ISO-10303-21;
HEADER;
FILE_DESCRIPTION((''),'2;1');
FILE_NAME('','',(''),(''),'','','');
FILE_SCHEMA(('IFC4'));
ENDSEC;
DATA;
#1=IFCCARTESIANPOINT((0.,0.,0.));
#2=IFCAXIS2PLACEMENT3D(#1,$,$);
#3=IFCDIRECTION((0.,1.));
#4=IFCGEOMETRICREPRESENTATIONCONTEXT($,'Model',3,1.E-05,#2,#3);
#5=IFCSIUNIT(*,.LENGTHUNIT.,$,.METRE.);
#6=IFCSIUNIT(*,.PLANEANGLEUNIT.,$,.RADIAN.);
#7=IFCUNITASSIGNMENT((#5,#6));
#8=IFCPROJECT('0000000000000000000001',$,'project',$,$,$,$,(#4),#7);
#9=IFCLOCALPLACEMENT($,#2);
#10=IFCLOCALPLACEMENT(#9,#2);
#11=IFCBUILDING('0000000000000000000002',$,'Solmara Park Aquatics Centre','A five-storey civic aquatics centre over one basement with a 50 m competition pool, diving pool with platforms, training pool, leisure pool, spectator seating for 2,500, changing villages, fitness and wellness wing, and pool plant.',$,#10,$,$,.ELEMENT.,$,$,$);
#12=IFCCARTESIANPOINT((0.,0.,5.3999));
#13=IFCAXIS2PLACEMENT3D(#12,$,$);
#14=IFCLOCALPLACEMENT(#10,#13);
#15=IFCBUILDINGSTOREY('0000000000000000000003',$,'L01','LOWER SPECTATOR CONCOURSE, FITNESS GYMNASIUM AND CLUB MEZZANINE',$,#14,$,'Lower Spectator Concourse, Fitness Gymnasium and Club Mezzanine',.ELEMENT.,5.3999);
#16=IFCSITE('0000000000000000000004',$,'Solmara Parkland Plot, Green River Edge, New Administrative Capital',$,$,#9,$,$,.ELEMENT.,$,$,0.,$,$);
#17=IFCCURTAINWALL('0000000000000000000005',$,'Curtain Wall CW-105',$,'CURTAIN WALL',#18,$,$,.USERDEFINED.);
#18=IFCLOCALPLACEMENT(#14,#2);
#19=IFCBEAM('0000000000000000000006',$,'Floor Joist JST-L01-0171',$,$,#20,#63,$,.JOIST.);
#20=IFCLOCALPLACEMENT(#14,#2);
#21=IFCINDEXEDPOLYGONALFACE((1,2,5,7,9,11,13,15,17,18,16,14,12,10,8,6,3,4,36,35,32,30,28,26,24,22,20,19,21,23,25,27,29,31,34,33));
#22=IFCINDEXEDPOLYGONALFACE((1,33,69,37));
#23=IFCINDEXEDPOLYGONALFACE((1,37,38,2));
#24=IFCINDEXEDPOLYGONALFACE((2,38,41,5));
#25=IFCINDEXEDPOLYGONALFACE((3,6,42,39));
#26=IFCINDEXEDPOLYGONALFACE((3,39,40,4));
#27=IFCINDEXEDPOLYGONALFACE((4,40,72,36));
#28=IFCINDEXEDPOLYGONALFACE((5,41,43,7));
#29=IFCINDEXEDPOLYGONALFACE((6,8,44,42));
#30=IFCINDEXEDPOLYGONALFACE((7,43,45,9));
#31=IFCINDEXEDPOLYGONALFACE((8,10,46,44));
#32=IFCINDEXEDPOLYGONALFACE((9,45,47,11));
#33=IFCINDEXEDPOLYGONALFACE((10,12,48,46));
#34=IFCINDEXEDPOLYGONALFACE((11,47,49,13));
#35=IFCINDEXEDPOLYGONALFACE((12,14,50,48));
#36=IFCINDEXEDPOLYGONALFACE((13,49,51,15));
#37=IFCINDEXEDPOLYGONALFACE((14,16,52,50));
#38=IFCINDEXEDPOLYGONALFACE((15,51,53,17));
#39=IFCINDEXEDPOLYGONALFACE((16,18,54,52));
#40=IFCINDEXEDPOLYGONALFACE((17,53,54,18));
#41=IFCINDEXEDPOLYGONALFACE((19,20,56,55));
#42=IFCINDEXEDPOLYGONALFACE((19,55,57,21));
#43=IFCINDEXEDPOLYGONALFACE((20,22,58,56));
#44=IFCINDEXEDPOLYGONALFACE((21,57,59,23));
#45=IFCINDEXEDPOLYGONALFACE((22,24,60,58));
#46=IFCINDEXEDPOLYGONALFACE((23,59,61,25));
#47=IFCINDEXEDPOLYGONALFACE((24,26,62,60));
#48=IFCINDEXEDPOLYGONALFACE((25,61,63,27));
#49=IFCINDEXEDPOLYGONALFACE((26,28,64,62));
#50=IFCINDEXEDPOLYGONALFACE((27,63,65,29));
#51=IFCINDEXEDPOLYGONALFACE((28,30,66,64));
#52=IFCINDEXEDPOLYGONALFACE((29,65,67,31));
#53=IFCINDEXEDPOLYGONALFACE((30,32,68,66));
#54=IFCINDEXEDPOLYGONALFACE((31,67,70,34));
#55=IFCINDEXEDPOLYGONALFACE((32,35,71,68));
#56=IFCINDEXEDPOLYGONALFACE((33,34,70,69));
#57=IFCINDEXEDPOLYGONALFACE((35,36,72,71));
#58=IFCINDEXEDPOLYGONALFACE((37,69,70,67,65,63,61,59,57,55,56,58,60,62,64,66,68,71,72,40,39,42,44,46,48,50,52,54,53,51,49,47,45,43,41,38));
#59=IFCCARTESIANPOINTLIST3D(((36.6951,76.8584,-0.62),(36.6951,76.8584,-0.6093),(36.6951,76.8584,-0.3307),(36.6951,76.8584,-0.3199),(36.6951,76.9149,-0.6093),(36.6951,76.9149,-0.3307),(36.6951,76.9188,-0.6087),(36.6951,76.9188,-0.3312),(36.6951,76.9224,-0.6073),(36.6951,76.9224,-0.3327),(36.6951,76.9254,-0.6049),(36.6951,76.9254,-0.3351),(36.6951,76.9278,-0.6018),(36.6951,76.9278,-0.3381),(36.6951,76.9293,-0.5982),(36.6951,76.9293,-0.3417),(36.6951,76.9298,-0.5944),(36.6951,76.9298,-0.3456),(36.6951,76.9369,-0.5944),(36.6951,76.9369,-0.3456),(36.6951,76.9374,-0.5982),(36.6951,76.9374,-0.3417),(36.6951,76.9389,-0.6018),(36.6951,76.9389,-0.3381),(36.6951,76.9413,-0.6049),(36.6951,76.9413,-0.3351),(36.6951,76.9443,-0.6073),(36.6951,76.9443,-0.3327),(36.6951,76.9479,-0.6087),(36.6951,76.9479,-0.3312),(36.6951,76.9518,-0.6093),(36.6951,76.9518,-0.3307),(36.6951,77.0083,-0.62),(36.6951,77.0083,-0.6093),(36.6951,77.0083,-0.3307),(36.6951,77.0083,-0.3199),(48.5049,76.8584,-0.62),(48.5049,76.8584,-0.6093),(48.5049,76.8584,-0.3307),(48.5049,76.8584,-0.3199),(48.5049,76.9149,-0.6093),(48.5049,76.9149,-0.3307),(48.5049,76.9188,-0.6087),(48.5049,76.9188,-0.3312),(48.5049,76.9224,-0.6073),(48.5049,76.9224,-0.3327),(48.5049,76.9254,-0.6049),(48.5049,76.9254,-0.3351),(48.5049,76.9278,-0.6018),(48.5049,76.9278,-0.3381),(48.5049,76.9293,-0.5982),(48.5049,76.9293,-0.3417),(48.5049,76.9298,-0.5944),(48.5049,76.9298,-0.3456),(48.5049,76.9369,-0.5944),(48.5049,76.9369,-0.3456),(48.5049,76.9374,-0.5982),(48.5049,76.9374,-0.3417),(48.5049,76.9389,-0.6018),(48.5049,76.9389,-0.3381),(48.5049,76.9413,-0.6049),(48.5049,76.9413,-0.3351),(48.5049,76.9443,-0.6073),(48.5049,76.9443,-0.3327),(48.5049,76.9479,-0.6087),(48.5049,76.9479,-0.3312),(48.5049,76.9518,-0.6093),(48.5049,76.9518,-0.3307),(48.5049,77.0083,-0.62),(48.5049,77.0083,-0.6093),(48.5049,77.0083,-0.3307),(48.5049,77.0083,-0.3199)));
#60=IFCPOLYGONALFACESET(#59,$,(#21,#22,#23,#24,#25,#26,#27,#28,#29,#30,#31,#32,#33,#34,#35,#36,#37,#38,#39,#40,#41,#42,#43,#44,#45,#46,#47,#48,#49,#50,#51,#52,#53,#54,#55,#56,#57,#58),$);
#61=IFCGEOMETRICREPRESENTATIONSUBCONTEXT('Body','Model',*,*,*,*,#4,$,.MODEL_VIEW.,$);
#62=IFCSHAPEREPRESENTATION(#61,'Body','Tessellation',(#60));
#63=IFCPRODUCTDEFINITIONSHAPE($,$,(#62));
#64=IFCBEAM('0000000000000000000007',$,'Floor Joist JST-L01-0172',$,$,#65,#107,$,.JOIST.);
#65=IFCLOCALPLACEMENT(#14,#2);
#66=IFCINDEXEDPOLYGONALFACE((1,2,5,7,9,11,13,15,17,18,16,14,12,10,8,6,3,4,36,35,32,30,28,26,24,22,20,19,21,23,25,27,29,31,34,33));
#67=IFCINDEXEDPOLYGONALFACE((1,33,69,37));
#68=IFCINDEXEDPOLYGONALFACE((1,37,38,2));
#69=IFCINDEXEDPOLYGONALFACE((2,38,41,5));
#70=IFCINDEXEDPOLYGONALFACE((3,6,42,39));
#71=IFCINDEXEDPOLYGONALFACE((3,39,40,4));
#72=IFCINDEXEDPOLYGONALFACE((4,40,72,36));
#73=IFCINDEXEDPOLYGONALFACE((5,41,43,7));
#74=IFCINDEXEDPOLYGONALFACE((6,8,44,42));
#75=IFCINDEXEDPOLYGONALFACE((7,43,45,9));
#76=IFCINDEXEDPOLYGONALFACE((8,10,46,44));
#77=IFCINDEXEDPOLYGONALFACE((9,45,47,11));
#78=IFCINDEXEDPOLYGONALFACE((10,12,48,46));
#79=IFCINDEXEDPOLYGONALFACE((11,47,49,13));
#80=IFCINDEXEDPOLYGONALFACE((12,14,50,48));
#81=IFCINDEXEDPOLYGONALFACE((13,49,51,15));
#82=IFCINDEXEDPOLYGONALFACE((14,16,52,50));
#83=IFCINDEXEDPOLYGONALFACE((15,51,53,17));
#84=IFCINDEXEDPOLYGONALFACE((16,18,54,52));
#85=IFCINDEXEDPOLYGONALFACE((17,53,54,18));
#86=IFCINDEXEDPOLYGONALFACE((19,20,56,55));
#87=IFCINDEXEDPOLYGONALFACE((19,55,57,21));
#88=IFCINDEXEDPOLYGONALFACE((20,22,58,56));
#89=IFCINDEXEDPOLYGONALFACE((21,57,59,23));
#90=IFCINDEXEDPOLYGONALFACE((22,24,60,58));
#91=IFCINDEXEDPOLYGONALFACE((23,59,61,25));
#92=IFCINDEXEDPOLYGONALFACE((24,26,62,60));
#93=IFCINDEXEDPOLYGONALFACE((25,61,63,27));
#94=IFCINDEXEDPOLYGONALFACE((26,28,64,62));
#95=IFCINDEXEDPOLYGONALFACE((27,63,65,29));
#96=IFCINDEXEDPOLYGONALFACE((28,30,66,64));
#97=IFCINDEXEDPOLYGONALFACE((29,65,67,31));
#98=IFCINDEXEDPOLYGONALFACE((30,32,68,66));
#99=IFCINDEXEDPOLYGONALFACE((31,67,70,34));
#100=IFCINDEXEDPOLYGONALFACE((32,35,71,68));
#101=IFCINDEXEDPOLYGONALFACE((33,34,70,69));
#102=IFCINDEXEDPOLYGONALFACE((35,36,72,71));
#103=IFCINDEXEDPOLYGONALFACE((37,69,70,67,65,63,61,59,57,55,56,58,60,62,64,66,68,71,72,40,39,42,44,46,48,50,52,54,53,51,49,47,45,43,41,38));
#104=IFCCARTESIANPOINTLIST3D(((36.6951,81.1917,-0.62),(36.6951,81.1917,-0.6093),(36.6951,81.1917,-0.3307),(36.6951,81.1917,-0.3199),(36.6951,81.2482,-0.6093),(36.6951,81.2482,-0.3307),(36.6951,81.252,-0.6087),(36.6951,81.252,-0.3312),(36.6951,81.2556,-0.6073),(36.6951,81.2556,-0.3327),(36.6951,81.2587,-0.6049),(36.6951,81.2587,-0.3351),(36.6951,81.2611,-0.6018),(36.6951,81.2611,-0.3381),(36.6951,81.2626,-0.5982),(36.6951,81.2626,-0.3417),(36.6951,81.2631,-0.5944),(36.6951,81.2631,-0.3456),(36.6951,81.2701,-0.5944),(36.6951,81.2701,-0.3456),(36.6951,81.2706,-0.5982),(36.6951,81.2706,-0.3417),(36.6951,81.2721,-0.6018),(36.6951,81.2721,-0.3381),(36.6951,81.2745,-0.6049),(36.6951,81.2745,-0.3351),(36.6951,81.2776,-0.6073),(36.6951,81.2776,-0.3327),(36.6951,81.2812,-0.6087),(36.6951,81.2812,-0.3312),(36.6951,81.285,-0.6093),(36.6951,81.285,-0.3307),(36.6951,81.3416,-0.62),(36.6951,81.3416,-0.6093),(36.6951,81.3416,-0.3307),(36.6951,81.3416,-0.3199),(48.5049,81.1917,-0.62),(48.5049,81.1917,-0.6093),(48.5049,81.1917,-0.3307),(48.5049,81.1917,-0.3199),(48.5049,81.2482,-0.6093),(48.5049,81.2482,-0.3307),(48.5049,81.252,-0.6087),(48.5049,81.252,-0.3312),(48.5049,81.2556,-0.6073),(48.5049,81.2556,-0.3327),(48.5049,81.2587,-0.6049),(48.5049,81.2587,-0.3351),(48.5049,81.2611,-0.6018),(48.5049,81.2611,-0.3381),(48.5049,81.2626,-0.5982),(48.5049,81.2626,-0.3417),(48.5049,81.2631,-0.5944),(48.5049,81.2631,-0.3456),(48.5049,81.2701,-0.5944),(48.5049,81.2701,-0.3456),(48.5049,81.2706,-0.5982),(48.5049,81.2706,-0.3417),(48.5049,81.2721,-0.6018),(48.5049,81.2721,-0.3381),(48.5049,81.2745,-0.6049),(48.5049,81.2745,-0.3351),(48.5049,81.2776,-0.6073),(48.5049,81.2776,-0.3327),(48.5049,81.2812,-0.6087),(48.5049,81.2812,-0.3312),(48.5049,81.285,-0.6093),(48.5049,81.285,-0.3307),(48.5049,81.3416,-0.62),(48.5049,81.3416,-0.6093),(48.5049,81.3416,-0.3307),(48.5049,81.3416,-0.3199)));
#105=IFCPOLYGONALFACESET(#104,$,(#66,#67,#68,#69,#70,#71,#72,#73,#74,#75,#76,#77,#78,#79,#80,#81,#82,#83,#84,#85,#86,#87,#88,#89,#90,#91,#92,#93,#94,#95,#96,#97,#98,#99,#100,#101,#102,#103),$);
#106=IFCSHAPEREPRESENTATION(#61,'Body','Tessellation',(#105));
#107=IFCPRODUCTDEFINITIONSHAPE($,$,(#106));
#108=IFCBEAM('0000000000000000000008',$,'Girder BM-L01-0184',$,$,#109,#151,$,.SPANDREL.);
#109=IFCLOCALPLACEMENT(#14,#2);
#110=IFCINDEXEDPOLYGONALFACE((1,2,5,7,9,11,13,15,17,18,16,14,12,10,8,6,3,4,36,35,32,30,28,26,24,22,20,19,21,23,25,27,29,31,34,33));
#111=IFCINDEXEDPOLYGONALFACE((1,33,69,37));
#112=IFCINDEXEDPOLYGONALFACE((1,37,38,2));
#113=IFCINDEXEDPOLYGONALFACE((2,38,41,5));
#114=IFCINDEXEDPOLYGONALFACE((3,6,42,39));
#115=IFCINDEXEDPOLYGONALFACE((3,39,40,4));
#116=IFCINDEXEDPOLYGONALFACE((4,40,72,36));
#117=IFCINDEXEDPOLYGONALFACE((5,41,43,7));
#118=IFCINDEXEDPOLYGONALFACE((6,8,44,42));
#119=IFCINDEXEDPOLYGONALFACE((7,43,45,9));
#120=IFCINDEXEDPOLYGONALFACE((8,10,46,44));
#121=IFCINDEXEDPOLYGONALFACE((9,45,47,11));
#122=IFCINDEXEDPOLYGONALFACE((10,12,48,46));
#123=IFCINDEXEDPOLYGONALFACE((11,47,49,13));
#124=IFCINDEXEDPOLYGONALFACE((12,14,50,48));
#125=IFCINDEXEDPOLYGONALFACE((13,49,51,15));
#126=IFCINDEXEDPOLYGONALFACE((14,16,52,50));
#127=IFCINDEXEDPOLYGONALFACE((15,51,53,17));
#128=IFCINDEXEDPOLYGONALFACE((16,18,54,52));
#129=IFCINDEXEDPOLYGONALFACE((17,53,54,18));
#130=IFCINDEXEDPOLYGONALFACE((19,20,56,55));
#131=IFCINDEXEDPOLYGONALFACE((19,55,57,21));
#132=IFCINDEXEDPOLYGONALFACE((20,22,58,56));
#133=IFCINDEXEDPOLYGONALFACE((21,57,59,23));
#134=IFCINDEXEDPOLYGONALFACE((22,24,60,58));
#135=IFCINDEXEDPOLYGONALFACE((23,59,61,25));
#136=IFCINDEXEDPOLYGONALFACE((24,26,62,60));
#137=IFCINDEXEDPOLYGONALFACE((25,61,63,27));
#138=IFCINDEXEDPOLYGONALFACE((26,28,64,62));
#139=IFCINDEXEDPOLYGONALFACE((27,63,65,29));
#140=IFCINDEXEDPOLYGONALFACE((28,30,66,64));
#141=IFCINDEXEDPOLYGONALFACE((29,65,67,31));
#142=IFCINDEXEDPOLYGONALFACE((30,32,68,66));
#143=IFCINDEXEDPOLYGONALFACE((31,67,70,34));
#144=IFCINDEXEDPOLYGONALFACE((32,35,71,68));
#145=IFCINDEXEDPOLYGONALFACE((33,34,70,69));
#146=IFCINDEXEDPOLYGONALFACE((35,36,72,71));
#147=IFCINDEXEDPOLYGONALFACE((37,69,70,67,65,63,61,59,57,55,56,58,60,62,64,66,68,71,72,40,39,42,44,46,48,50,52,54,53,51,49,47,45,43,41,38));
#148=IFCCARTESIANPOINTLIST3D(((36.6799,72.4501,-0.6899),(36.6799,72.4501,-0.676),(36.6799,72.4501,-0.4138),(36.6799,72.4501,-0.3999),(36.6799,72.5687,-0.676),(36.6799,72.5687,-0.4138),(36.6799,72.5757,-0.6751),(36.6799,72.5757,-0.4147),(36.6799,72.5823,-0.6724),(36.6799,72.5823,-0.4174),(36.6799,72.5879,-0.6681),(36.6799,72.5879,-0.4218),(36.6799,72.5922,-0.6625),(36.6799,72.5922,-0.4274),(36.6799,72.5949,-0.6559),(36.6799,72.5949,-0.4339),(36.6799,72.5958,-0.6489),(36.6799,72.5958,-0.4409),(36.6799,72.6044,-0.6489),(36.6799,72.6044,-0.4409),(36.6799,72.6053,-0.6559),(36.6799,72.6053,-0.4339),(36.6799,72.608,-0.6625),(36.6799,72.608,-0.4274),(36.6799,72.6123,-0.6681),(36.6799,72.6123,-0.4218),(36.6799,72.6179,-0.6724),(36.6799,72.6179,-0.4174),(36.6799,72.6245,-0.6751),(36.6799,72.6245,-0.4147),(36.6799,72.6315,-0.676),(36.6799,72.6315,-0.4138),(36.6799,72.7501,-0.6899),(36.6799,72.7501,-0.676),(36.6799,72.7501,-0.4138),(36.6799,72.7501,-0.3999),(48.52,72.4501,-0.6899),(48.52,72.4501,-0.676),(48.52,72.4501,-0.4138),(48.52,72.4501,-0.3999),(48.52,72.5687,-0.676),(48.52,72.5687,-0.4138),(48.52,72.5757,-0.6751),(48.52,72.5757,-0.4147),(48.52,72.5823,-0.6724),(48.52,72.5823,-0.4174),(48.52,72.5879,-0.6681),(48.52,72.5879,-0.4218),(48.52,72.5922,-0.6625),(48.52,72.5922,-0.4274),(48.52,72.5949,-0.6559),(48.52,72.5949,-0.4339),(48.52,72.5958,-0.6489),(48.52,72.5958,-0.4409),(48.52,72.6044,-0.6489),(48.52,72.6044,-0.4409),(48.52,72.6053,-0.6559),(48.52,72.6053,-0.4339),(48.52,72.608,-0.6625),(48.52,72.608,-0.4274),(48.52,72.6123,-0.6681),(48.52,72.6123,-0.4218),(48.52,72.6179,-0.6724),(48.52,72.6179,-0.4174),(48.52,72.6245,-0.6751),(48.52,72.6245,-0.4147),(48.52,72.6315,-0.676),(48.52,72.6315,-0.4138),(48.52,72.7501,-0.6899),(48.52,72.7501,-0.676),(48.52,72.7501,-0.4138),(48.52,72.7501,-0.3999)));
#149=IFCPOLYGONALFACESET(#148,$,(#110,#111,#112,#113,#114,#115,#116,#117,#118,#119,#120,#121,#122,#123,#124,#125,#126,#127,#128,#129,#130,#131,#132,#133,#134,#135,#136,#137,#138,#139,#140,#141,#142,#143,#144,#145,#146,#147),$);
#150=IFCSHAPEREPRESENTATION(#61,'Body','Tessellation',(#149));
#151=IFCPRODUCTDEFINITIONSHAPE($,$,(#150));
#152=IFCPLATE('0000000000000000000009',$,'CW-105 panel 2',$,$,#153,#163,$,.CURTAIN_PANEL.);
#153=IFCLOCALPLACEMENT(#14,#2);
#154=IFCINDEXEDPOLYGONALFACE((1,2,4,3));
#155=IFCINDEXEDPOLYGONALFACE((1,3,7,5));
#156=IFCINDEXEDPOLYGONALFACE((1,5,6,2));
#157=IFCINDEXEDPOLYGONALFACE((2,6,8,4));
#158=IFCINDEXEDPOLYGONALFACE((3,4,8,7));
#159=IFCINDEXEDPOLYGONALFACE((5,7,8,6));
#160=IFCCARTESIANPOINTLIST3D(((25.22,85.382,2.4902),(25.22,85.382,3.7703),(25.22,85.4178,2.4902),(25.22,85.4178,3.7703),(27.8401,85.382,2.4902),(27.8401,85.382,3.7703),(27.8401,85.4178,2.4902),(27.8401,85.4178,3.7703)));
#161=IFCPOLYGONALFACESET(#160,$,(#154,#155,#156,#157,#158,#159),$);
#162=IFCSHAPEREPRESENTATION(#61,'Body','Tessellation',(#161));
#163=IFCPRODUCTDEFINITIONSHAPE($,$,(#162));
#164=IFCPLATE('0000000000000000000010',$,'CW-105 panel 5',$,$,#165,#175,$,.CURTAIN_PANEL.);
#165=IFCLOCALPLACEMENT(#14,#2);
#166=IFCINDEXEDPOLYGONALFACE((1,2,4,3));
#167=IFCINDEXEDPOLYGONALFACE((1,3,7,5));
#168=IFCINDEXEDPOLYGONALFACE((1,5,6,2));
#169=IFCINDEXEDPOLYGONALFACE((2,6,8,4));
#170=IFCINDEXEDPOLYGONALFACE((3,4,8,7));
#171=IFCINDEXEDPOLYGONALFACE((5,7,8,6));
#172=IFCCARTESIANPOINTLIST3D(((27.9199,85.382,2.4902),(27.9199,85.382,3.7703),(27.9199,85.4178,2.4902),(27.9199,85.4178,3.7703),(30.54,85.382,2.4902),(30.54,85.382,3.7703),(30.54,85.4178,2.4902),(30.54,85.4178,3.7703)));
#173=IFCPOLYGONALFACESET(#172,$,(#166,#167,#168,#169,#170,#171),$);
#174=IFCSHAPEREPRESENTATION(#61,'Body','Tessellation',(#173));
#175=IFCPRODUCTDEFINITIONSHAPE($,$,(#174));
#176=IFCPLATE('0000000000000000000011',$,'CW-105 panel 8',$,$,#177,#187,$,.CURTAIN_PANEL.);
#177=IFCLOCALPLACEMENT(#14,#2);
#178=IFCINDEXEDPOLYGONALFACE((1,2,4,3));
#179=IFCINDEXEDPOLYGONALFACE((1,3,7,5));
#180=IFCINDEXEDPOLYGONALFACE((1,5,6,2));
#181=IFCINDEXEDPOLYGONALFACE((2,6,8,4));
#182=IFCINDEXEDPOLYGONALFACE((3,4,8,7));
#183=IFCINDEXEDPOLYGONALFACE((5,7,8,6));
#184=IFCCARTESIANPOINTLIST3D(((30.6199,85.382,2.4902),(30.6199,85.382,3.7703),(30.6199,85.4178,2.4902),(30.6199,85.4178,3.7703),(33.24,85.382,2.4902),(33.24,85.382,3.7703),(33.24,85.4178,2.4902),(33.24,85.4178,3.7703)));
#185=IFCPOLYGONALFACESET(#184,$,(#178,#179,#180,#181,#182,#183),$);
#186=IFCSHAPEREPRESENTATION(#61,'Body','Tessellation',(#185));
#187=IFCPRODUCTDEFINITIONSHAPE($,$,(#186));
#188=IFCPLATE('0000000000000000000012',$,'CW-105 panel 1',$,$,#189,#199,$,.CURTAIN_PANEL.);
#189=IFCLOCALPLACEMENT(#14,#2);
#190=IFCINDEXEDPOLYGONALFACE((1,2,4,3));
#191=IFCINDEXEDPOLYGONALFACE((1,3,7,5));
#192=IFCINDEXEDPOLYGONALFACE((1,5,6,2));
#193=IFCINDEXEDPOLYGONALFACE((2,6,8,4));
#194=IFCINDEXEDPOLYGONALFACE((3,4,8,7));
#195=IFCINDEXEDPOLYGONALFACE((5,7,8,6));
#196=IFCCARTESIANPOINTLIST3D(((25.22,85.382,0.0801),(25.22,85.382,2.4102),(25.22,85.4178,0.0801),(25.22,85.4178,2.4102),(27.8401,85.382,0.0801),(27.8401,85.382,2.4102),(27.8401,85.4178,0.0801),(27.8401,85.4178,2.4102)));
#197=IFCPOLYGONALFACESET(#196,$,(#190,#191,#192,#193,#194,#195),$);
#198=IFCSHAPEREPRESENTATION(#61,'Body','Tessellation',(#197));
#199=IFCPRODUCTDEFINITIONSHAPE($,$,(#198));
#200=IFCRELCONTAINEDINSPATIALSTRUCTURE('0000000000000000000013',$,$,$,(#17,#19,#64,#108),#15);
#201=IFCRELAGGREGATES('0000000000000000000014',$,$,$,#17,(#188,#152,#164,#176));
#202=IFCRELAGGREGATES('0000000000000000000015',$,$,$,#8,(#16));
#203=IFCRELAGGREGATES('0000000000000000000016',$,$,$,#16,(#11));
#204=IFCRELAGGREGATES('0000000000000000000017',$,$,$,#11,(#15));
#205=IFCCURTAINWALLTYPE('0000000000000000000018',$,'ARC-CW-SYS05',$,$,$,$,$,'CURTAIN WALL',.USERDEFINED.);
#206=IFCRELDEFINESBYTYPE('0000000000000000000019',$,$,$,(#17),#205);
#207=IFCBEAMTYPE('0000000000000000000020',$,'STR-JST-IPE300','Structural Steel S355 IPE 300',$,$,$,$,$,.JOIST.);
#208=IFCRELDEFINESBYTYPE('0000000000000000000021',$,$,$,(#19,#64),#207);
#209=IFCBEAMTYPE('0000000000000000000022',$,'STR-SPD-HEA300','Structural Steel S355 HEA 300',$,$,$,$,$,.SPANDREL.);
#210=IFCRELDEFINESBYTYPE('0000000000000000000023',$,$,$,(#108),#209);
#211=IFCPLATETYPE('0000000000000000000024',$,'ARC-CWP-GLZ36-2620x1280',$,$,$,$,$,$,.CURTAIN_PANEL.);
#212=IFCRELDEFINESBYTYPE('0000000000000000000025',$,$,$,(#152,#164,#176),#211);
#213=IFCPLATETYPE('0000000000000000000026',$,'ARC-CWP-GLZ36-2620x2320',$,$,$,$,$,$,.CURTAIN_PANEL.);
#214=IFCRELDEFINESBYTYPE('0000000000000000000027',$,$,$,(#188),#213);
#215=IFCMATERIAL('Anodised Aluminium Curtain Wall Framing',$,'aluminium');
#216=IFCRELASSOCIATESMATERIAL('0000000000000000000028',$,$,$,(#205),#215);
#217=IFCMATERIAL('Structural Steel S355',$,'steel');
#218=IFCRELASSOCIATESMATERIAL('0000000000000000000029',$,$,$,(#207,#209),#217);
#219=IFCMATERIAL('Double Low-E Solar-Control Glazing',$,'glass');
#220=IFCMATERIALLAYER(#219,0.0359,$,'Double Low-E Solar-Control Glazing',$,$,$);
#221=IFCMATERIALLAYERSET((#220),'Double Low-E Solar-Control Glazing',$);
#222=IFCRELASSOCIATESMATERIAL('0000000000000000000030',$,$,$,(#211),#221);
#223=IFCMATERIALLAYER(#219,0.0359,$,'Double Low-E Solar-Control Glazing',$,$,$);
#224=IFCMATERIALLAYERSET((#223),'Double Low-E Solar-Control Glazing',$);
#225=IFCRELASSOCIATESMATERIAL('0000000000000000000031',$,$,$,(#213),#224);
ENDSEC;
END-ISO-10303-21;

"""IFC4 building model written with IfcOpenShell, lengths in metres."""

from ifc_helpers import new_model, si_unit, direction, frame, origin, origin_2d, place, context, subcontext, project, spatial, rectangle, i_section, extrude, material, layer, layer_set, material_profile, profile_set, type_object, element, aggregate, save


model = new_model("IFC4")

# Units and contexts
model_context = context("Model", 3, precision=1e-05, world=origin(), true_north=direction((0.0, 1.0)))
body_context = subcontext(model_context, "Body", "Model", "MODEL_VIEW")
ifc_project = project(units=[si_unit("LENGTHUNIT", "METRE"), si_unit("PLANEANGLEUNIT", "RADIAN")], contexts=[model_context])

# Site, building, storey
site_placement = place(None, origin())
site = spatial("IfcSite", under=ifc_project, at=site_placement, Name="Solmara Parkland Plot, Green River Edge, New Administrative Capital", CompositionType="ELEMENT", RefElevation=0.0)
building_placement = place(site_placement, origin())
building = spatial("IfcBuilding", under=site, at=building_placement, Name="Solmara Park Aquatics Centre", Description="A five-storey civic aquatics centre over one basement with a 50 m competition pool, diving pool with platforms, training pool, leisure pool, spectator seating for 2,500, changing villages, fitness and wellness wing, and pool plant.", CompositionType="ELEMENT")
storey_placement = place(building_placement, frame((0.0, 0.0, 5.3999)))
storey = spatial("IfcBuildingStorey", under=building, at=storey_placement, Name="L01", Description="LOWER SPECTATOR CONCOURSE, FITNESS GYMNASIUM AND CLUB MEZZANINE", LongName="Lower Spectator Concourse, Fitness Gymnasium and Club Mezzanine", CompositionType="ELEMENT", Elevation=5.3999)

# Shared definitions
ifc_material_1 = material(Name="Structural Steel S355", Category="steel")

# Curtain wall
ifc_material_2 = material(Name="Anodised Aluminium Curtain Wall Framing", Category="aluminium")
curtain_wall_type = type_object("IfcCurtainWallType", Name="ARC-CW-SYS05", ElementType="CURTAIN WALL", PredefinedType="USERDEFINED", material=ifc_material_2)
curtain_wall_placement = place(storey_placement, origin())
curtain_wall = element("IfcCurtainWall", 1, at=curtain_wall_placement, inside=storey, type_object=curtain_wall_type, Name="Curtain Wall CW-105", ObjectType="CURTAIN WALL", PredefinedType="USERDEFINED")

# Beams
ifc_material_profile_1 = material_profile(ifc_material_1, i_section(OverallWidth=0.1499, OverallDepth=0.3, WebThickness=0.0071, FlangeThickness=0.0107, FilletRadius=0.0149, at=origin_2d()), Name="IPE 300")
ifc_profile_set_1 = profile_set([ifc_material_profile_1], Name="Structural Steel S355")
beam_type_1 = type_object("IfcBeamType", Name="STR-JST-IPE300", Description="Structural Steel S355 IPE 300", PredefinedType="JOIST", material=ifc_profile_set_1)
for number, where, z_axis, x_axis, name in (
    (2, (36.6951, 76.9333, -0.47), (1.0, 0.0, 0.0), (0.0, 1.0, 0.0), "Floor Joist JST-L01-0171"),
    (3, (36.6951, 81.2666, -0.47), (1.0, 0.0, 0.0), (0.0, 1.0, 0.0), "Floor Joist JST-L01-0172"),
):
    element("IfcBeam", number, at=place(storey_placement, frame(where, z_axis=z_axis, x_axis=x_axis)), inside=storey, type_object=beam_type_1, Name=name, PredefinedType="JOIST", context=body_context, shape_type="SweptSolid", body=[
        extrude(i_section(OverallWidth=0.1499, OverallDepth=0.3, WebThickness=0.0071, FlangeThickness=0.0107, FilletRadius=0.0149, at=origin_2d()), origin(), (0.0, 0.0, 1.0), 11.8098),
    ])
ifc_material_profile_2 = material_profile(ifc_material_1, i_section(OverallWidth=0.3, OverallDepth=0.29, WebThickness=0.0085, FlangeThickness=0.0139, FilletRadius=0.0271, at=origin_2d()), Name="HEA 300")
ifc_profile_set_2 = profile_set([ifc_material_profile_2], Name="Structural Steel S355")
beam_type_2 = type_object("IfcBeamType", Name="STR-SPD-HEA300", Description="Structural Steel S355 HEA 300", PredefinedType="SPANDREL", material=ifc_profile_set_2)
beam_1_placement = place(storey_placement, frame((36.6799, 72.6001, -0.5449), z_axis=(1.0, 0.0, 0.0), x_axis=(0.0, 1.0, 0.0)))
element("IfcBeam", 4, at=beam_1_placement, inside=storey, type_object=beam_type_2, Name="Girder BM-L01-0184", PredefinedType="SPANDREL", context=body_context, shape_type="SweptSolid", body=[
    extrude(i_section(OverallWidth=0.3, OverallDepth=0.29, WebThickness=0.0085, FlangeThickness=0.0139, FilletRadius=0.0271, at=origin_2d()), origin(), (0.0, 0.0, 1.0), 11.8401),
])

# Plates
ifc_material_3 = material(Name="Double Low-E Solar-Control Glazing", Category="glass")
ifc_layer_1 = layer(ifc_material_3, 0.0359, Name="Double Low-E Solar-Control Glazing")
ifc_layer_set_1 = layer_set([ifc_layer_1], Name="Double Low-E Solar-Control Glazing")
plate_type_1 = type_object("IfcPlateType", Name="ARC-CWP-GLZ36-2620x1280", PredefinedType="CURTAIN_PANEL", material=ifc_layer_set_1)
plate_1_placement = place(storey_placement, frame((26.53, 85.3999, 2.4902), z_axis=(0.0, 0.0, 1.0), x_axis=(1.0, 0.0, 0.0)))
plate_1 = element("IfcPlate", 5, at=plate_1_placement, type_object=plate_type_1, Name="CW-105 panel 2", PredefinedType="CURTAIN_PANEL", context=body_context, shape_type="SweptSolid", body=[
    extrude(rectangle(XDim=2.6201, YDim=0.0359, at=origin_2d()), origin(), (0.0, 0.0, 1.0), 1.28),
])
plate_2_placement = place(storey_placement, frame((29.23, 85.3999, 2.4902), z_axis=(0.0, 0.0, 1.0), x_axis=(1.0, 0.0, 0.0)))
plate_2 = element("IfcPlate", 6, at=plate_2_placement, type_object=plate_type_1, Name="CW-105 panel 5", PredefinedType="CURTAIN_PANEL", context=body_context, shape_type="SweptSolid", body=[
    extrude(rectangle(XDim=2.6201, YDim=0.0359, at=origin_2d()), origin(), (0.0, 0.0, 1.0), 1.28),
])
plate_3_placement = place(storey_placement, frame((31.9299, 85.3999, 2.4902), z_axis=(0.0, 0.0, 1.0), x_axis=(1.0, 0.0, 0.0)))
plate_3 = element("IfcPlate", 7, at=plate_3_placement, type_object=plate_type_1, Name="CW-105 panel 8", PredefinedType="CURTAIN_PANEL", context=body_context, shape_type="SweptSolid", body=[
    extrude(rectangle(XDim=2.6201, YDim=0.0359, at=origin_2d()), origin(), (0.0, 0.0, 1.0), 1.28),
])
ifc_layer_2 = layer(ifc_material_3, 0.0359, Name="Double Low-E Solar-Control Glazing")
ifc_layer_set_2 = layer_set([ifc_layer_2], Name="Double Low-E Solar-Control Glazing")
plate_type_2 = type_object("IfcPlateType", Name="ARC-CWP-GLZ36-2620x2320", PredefinedType="CURTAIN_PANEL", material=ifc_layer_set_2)
plate_4_placement = place(storey_placement, frame((26.53, 85.3999, 0.0801), z_axis=(0.0, 0.0, 1.0), x_axis=(1.0, 0.0, 0.0)))
plate_4 = element("IfcPlate", 8, at=plate_4_placement, type_object=plate_type_2, Name="CW-105 panel 1", PredefinedType="CURTAIN_PANEL", context=body_context, shape_type="SweptSolid", body=[
    extrude(rectangle(XDim=2.6201, YDim=0.0359, at=origin_2d()), origin(), (0.0, 0.0, 1.0), 2.3301),
])
aggregate(curtain_wall, [plate_4, plate_1, plate_2, plate_3])

save(model, "model.ifc")
